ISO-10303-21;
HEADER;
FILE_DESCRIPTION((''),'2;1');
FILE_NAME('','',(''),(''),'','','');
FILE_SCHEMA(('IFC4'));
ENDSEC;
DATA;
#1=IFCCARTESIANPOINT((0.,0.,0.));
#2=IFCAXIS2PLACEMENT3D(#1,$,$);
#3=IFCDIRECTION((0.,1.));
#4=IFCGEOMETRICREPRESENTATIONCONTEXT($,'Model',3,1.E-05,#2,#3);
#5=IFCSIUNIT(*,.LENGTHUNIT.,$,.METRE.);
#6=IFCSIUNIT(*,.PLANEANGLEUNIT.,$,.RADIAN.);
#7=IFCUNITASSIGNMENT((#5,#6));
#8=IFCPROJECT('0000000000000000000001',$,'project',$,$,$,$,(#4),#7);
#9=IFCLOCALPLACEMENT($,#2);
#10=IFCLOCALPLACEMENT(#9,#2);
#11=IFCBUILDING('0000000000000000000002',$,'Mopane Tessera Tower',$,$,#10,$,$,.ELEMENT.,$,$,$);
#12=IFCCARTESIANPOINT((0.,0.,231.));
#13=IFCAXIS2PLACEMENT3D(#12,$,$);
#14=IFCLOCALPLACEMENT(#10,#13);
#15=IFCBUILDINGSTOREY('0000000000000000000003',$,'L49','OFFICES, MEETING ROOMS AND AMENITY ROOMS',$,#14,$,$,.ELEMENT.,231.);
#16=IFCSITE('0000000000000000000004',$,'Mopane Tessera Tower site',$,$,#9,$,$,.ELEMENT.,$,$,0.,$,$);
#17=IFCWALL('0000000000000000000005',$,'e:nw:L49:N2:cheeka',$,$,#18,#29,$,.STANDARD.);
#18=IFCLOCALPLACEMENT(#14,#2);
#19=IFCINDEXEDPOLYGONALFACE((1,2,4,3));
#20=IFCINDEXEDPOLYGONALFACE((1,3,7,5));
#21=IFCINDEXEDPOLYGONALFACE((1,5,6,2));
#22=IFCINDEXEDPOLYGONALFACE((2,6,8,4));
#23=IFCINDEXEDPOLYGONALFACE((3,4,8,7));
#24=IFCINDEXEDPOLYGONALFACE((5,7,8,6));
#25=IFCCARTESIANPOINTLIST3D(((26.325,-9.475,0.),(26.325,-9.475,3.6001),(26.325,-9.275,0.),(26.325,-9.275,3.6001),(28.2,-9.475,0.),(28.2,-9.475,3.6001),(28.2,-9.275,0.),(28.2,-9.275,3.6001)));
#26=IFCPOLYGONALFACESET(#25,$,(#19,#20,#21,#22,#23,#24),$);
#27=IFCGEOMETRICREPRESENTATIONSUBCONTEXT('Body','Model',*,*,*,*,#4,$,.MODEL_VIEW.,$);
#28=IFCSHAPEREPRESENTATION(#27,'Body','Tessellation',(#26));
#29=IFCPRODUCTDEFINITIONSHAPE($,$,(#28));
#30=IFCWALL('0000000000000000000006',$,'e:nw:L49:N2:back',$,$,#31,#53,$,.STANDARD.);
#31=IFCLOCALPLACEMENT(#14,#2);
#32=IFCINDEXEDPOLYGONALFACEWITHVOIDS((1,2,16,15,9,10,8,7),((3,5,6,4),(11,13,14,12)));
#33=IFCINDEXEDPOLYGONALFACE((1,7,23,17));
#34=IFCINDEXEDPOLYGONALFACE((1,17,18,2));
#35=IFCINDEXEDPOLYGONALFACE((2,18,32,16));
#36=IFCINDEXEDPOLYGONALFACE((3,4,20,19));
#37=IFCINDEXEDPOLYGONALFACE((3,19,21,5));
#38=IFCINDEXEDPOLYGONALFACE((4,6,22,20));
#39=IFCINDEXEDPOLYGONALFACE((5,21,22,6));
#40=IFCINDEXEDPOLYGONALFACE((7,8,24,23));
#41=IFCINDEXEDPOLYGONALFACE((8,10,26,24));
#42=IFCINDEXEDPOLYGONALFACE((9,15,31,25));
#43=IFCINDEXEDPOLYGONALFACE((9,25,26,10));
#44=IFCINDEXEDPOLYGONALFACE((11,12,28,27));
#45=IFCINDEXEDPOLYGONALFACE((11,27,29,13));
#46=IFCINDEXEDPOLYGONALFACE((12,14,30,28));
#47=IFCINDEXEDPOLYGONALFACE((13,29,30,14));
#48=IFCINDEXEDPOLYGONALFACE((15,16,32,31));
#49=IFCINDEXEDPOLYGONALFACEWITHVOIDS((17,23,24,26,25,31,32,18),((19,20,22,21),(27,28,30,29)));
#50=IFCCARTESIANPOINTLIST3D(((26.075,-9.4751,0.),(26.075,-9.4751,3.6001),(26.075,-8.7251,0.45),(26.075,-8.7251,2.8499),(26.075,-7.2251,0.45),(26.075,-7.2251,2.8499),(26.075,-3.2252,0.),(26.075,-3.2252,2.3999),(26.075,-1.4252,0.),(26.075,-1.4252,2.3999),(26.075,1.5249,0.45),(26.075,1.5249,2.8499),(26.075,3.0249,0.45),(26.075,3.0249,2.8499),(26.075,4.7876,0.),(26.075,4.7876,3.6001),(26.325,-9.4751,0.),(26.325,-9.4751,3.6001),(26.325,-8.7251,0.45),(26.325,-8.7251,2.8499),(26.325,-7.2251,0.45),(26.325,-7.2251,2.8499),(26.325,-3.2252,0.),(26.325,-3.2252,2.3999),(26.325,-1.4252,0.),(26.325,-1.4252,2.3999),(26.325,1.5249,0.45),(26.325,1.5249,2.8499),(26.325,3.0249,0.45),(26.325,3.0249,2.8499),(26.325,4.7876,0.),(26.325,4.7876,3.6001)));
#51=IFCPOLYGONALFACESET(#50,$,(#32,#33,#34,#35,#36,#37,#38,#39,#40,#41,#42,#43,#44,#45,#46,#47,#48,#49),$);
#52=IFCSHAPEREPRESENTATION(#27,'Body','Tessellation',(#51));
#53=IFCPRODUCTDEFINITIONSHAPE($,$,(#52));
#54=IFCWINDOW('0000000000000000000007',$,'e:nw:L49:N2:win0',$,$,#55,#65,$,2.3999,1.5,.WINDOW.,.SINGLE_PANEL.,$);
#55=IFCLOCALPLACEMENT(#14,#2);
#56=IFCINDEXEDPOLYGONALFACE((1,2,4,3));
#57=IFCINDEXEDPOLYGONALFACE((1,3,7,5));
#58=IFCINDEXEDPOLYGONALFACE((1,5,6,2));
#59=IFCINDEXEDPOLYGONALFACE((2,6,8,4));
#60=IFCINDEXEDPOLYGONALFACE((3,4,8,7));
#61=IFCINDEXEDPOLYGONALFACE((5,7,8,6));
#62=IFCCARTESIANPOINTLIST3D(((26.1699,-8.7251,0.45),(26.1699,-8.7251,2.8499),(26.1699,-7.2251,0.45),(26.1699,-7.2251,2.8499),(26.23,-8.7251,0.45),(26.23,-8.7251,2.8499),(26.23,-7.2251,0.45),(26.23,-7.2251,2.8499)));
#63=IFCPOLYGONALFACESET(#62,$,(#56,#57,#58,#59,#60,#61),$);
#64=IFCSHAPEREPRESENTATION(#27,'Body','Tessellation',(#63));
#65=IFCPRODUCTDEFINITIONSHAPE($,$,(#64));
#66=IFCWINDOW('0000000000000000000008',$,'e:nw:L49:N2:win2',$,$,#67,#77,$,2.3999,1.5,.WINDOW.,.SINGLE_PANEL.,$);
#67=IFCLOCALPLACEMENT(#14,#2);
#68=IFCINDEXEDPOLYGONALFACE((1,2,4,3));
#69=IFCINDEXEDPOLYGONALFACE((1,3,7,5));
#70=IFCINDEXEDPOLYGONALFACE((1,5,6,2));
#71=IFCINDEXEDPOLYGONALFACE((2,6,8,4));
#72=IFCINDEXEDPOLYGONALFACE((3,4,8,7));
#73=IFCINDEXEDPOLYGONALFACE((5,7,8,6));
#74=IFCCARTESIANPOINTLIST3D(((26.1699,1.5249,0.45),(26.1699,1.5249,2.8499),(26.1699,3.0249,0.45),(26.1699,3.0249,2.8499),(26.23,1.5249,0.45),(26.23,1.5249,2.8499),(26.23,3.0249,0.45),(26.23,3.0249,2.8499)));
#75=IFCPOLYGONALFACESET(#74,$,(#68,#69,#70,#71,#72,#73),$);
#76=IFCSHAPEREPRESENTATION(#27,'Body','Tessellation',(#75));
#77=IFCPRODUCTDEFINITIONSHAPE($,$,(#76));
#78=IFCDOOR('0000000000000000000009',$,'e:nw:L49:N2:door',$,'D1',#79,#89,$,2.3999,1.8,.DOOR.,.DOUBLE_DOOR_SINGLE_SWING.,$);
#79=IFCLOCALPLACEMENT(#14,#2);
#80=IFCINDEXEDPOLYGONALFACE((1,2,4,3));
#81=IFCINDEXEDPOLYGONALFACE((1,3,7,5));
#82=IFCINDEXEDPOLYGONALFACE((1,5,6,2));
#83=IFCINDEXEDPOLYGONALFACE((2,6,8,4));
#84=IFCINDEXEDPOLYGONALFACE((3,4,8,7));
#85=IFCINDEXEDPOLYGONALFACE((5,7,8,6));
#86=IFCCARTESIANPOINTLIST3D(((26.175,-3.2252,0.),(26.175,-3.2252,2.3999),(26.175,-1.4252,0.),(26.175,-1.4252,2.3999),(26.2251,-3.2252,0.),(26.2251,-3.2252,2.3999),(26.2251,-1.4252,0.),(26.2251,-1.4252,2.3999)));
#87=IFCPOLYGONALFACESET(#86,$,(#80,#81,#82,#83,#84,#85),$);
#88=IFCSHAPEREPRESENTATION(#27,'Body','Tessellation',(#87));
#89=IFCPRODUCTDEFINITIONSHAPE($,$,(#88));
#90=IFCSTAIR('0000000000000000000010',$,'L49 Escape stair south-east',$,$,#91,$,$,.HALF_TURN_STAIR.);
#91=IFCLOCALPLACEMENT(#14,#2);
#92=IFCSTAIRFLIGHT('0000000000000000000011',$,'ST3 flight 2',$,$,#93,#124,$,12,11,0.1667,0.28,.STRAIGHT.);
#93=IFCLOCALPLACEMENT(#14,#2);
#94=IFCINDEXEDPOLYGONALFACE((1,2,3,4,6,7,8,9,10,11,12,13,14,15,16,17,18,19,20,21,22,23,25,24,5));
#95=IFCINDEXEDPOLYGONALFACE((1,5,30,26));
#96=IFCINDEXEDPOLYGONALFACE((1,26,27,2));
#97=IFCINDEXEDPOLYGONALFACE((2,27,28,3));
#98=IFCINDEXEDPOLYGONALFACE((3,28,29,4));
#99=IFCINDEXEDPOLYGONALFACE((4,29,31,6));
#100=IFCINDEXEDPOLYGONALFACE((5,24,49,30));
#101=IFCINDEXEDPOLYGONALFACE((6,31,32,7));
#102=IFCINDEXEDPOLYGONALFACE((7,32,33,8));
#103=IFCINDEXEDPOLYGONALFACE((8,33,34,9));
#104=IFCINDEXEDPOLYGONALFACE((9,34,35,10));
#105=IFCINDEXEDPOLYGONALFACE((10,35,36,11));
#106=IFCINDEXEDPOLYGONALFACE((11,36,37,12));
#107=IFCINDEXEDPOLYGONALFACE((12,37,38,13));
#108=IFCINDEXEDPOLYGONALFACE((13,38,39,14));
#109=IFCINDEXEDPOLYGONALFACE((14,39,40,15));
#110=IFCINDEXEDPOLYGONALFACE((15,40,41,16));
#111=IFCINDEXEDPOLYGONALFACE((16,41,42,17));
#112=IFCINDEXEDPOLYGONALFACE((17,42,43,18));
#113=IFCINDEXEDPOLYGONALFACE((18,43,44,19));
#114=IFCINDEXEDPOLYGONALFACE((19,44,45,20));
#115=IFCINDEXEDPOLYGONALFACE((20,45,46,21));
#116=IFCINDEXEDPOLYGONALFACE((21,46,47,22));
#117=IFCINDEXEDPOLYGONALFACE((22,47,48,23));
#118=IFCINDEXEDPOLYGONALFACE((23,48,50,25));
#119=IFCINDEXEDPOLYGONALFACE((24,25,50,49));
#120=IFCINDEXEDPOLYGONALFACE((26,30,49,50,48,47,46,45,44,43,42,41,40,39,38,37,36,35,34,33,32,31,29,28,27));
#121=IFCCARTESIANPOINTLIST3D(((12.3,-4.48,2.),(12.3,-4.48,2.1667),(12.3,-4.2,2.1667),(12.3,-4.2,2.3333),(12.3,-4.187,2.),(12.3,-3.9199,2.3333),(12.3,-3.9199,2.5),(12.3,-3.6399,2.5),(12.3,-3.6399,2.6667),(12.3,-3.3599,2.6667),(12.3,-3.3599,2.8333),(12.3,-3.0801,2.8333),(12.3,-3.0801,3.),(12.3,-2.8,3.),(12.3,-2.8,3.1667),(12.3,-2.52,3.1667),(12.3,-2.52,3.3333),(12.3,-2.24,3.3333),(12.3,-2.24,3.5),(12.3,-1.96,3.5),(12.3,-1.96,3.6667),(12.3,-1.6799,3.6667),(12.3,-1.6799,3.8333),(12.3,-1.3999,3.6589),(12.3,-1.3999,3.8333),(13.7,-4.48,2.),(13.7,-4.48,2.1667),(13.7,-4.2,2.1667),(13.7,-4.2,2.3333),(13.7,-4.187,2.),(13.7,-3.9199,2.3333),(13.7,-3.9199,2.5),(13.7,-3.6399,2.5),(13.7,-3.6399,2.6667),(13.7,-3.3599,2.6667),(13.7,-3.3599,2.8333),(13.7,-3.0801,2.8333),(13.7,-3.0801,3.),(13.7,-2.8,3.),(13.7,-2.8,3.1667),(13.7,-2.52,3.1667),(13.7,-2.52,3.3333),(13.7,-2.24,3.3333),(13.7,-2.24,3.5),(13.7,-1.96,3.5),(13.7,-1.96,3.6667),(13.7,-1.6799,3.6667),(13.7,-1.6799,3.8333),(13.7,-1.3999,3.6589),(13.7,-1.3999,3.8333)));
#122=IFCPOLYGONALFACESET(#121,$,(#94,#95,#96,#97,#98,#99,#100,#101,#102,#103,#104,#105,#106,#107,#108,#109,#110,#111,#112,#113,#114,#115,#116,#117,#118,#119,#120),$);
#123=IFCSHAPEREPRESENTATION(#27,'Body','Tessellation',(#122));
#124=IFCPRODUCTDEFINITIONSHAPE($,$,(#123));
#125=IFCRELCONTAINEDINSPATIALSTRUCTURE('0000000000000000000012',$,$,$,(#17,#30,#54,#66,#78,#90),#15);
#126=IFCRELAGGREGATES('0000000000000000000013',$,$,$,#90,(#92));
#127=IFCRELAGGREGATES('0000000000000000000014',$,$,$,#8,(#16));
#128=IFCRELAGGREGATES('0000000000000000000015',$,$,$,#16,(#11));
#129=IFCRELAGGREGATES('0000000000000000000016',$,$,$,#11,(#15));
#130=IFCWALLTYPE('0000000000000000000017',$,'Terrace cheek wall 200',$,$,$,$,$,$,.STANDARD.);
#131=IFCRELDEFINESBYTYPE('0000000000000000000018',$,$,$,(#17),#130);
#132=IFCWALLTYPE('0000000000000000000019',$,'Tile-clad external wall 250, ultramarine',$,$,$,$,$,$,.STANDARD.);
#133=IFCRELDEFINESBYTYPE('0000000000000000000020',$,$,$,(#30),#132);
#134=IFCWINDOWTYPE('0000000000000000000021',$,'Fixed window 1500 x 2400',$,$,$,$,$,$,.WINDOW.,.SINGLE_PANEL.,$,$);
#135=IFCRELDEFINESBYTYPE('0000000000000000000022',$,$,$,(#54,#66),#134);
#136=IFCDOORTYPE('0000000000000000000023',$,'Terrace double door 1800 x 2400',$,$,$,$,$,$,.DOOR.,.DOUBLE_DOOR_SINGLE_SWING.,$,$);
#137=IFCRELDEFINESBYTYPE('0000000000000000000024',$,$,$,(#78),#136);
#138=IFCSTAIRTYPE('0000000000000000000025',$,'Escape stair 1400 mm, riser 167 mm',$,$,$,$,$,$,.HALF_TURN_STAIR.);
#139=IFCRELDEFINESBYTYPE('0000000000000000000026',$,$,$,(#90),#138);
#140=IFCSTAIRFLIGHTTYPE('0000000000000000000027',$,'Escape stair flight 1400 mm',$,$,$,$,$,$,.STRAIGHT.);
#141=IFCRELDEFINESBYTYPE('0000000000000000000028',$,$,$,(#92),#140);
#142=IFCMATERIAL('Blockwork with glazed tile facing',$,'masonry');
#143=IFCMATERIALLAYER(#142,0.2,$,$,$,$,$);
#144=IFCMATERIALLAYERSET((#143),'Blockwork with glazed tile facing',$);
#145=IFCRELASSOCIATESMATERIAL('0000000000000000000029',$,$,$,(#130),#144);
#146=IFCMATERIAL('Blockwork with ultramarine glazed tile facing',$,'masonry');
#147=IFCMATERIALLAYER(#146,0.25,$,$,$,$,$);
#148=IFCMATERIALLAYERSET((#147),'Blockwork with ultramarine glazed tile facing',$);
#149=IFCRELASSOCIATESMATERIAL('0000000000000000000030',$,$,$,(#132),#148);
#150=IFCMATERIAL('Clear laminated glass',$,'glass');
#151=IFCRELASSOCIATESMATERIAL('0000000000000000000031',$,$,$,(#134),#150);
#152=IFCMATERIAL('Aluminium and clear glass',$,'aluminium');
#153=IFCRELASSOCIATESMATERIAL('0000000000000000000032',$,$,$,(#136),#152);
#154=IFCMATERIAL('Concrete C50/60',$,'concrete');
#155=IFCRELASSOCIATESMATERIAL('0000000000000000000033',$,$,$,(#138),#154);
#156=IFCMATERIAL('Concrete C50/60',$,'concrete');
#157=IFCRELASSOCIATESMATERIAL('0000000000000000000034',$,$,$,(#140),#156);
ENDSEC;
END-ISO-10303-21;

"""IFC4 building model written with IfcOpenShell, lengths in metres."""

from ifc_helpers import new_model, si_unit, direction, frame, frame_2d, origin, place, context, subcontext, project, spatial, polyline, rectangle, outline, extrude, material, layer, layer_set, type_object, element, fill, aggregate, save


model = new_model("IFC4")

# Units and contexts
model_context = context("Model", 3, precision=1e-05, world=origin(), true_north=direction((0.0, 1.0)))
body_context = subcontext(model_context, "Body", "Model", "MODEL_VIEW")
ifc_project = project(units=[si_unit("LENGTHUNIT", "METRE"), si_unit("PLANEANGLEUNIT", "RADIAN")], contexts=[model_context])

# Site, building, storey
site_placement = place(None, origin())
site = spatial("IfcSite", under=ifc_project, at=site_placement, Name="Mopane Tessera Tower site", CompositionType="ELEMENT", RefElevation=0.0)
building_placement = place(site_placement, origin())
building = spatial("IfcBuilding", under=site, at=building_placement, Name="Mopane Tessera Tower", CompositionType="ELEMENT")
storey_placement = place(building_placement, frame((0.0, 0.0, 231.0)))
storey = spatial("IfcBuildingStorey", under=building, at=storey_placement, Name="L49", Description="OFFICES, MEETING ROOMS AND AMENITY ROOMS", CompositionType="ELEMENT", Elevation=231.0)

# Wall
ifc_material_1 = material(Name="Blockwork with glazed tile facing", Category="masonry")
ifc_layer_1 = layer(ifc_material_1, 0.2)
ifc_layer_set_1 = layer_set([ifc_layer_1], Name="Blockwork with glazed tile facing")
wall_type_1 = type_object("IfcWallType", Name="Terrace cheek wall 200", PredefinedType="STANDARD", material=ifc_layer_set_1)
wall_1_placement = place(storey_placement, frame((28.2, -9.375, 0.0), z_axis=(0.0, 0.0, 1.0), x_axis=(-1.0, 0.0, 0.0)))
element("IfcWall", 1, at=wall_1_placement, inside=storey, type_object=wall_type_1, Name="e:nw:L49:N2:cheeka", PredefinedType="STANDARD", context=body_context, shape_type="SweptSolid", body=[
    extrude(rectangle(XDim=1.875, YDim=0.2, at=frame_2d((0.9375, 0.0))), origin(), (0.0, 0.0, 1.0), 3.6001),
])

# Wall, openings, windows, door
ifc_material_2 = material(Name="Blockwork with ultramarine glazed tile facing", Category="masonry")
ifc_layer_2 = layer(ifc_material_2, 0.25)
ifc_layer_set_2 = layer_set([ifc_layer_2], Name="Blockwork with ultramarine glazed tile facing")
wall_type_2 = type_object("IfcWallType", Name="Tile-clad external wall 250, ultramarine", PredefinedType="STANDARD", material=ifc_layer_set_2)
wall_2_placement = place(storey_placement, frame((26.2, -9.4751, 0.0), z_axis=(0.0, 0.0, 1.0), x_axis=(0.0, 1.0, 0.0)))
wall_2 = element("IfcWall", 2, at=wall_2_placement, inside=storey, type_object=wall_type_2, Name="e:nw:L49:N2:back", PredefinedType="STANDARD", context=body_context, shape_type="SweptSolid", body=[
    extrude(rectangle(XDim=14.2627, YDim=0.25, at=frame_2d((7.1313, 0.0))), origin(), (0.0, 0.0, 1.0), 3.6001),
])
opening_1_placement = place(wall_2_placement, frame((0.75, 0.0, 0.45)))
opening_1 = element("IfcOpeningElement", 3, at=opening_1_placement, cuts=wall_2, PredefinedType="OPENING", context=body_context, shape_type="SweptSolid", body=[
    extrude(rectangle(XDim=1.5, YDim=2.3999, at=frame_2d((0.75, 1.2))), frame((0.0, 0.137, 0.0), z_axis=(0.0, -1.0, 0.0), x_axis=(1.0, 0.0, 0.0)), (0.0, 0.0, 1.0), 0.2739),
])
opening_2_placement = place(wall_2_placement, frame((6.25, 0.0, 0.0)))
opening_2 = element("IfcOpeningElement", 4, at=opening_2_placement, cuts=wall_2, PredefinedType="OPENING", context=body_context, shape_type="SweptSolid", body=[
    extrude(rectangle(XDim=1.8, YDim=2.3999, at=frame_2d((0.8999, 1.2))), frame((0.0, 0.137, 0.0), z_axis=(0.0, -1.0, 0.0), x_axis=(1.0, 0.0, 0.0)), (0.0, 0.0, 1.0), 0.2739),
])
opening_3_placement = place(wall_2_placement, frame((11.0, 0.0, 0.45)))
opening_3 = element("IfcOpeningElement", 5, at=opening_3_placement, cuts=wall_2, PredefinedType="OPENING", context=body_context, shape_type="SweptSolid", body=[
    extrude(rectangle(XDim=1.5, YDim=2.3999, at=frame_2d((0.75, 1.2))), frame((0.0, 0.137, 0.0), z_axis=(0.0, -1.0, 0.0), x_axis=(1.0, 0.0, 0.0)), (0.0, 0.0, 1.0), 0.2739),
])
ifc_material_3 = material(Name="Clear laminated glass", Category="glass")
window_type = type_object("IfcWindowType", Name="Fixed window 1500 x 2400", PartitioningType="SINGLE_PANEL", PredefinedType="WINDOW", material=ifc_material_3)
window_1_placement = place(opening_1_placement, origin())
window_1 = element("IfcWindow", 6, at=window_1_placement, inside=storey, type_object=window_type, Name="e:nw:L49:N2:win0", OverallHeight=2.3999, OverallWidth=1.5, PartitioningType="SINGLE_PANEL", PredefinedType="WINDOW", context=body_context, shape_type="SweptSolid", body=[
    extrude(rectangle(XDim=1.5, YDim=2.3999, at=frame_2d((0.75, 1.2))), frame((0.0, 0.03, 0.0), z_axis=(0.0, -1.0, 0.0), x_axis=(1.0, 0.0, 0.0)), (0.0, 0.0, 1.0), 0.0601),
])
fill(opening_1, window_1)
window_2_placement = place(opening_3_placement, origin())
window_2 = element("IfcWindow", 7, at=window_2_placement, inside=storey, type_object=window_type, Name="e:nw:L49:N2:win2", OverallHeight=2.3999, OverallWidth=1.5, PartitioningType="SINGLE_PANEL", PredefinedType="WINDOW", context=body_context, shape_type="SweptSolid", body=[
    extrude(rectangle(XDim=1.5, YDim=2.3999, at=frame_2d((0.75, 1.2))), frame((0.0, 0.03, 0.0), z_axis=(0.0, -1.0, 0.0), x_axis=(1.0, 0.0, 0.0)), (0.0, 0.0, 1.0), 0.0601),
])
fill(opening_3, window_2)
ifc_material_4 = material(Name="Aluminium and clear glass", Category="aluminium")
door_type_1 = type_object("IfcDoorType", Name="Terrace double door 1800 x 2400", OperationType="DOUBLE_DOOR_SINGLE_SWING", PredefinedType="DOOR", material=ifc_material_4)
door_1_placement = place(opening_2_placement, origin())
door_1 = element("IfcDoor", 8, at=door_1_placement, inside=storey, type_object=door_type_1, Name="e:nw:L49:N2:door", ObjectType="D1", OperationType="DOUBLE_DOOR_SINGLE_SWING", OverallHeight=2.3999, OverallWidth=1.8, PredefinedType="DOOR", context=body_context, shape_type="SweptSolid", body=[
    extrude(rectangle(XDim=1.8, YDim=2.3999, at=frame_2d((0.8999, 1.2))), frame((0.0, 0.0249, 0.0), z_axis=(0.0, -1.0, 0.0), x_axis=(1.0, 0.0, 0.0)), (0.0, 0.0, 1.0), 0.05),
])
fill(opening_2, door_1)

# Stair, stair flight
ifc_material_5 = material(Name="Concrete C50/60", Category="concrete")
stair_type = type_object("IfcStairType", Name="Escape stair 1400 mm, riser 167 mm", PredefinedType="HALF_TURN_STAIR", material=ifc_material_5)
stair_placement = place(storey_placement, origin())
stair = element("IfcStair", 9, at=stair_placement, inside=storey, type_object=stair_type, Name="L49 Escape stair south-east", PredefinedType="HALF_TURN_STAIR")
ifc_material_6 = material(Name="Concrete C50/60", Category="concrete")
stair_flight_type = type_object("IfcStairFlightType", Name="Escape stair flight 1400 mm", PredefinedType="STRAIGHT", material=ifc_material_6)
stair_flight_placement = place(storey_placement, frame((13.0, -4.48, 2.0), z_axis=(0.0, 0.0, 1.0), x_axis=(0.0, 1.0, 0.0)))
stair_flight = element("IfcStairFlight", 10, at=stair_flight_placement, type_object=stair_flight_type, Name="ST3 flight 2", NumberOfRisers=12, NumberOfTreads=11, PredefinedType="STRAIGHT", RiserHeight=0.1667, TreadLength=0.28, context=body_context, shape_type="SweptSolid", body=[
    extrude(outline(polyline([(0.0, 0.0), (0.0, 0.1667), (0.28, 0.1667), (0.28, 0.3333), (0.5601, 0.3333), (0.5601, 0.5), (0.8401, 0.5), (0.8401, 0.6667), (1.1201, 0.6667), (1.1201, 0.8333), (1.3999, 0.8333), (1.3999, 1.0), (1.6799, 1.0), (1.6799, 1.1667), (1.96, 1.1667), (1.96, 1.3333), (2.24, 1.3333), (2.24, 1.5), (2.52, 1.5), (2.52, 1.6667), (2.8, 1.6667), (2.8, 1.8333), (3.0801, 1.8333), (3.0801, 2.0), (3.0801, 1.6589), (0.293, 0.0), (0.0, 0.0)])), frame((0.0, 0.7, 0.0), z_axis=(0.0, -1.0, 0.0), x_axis=(1.0, 0.0, 0.0)), (0.0, 0.0, 1.0), 1.3999),
])
aggregate(stair, [stair_flight])

save(model, "model.ifc")
